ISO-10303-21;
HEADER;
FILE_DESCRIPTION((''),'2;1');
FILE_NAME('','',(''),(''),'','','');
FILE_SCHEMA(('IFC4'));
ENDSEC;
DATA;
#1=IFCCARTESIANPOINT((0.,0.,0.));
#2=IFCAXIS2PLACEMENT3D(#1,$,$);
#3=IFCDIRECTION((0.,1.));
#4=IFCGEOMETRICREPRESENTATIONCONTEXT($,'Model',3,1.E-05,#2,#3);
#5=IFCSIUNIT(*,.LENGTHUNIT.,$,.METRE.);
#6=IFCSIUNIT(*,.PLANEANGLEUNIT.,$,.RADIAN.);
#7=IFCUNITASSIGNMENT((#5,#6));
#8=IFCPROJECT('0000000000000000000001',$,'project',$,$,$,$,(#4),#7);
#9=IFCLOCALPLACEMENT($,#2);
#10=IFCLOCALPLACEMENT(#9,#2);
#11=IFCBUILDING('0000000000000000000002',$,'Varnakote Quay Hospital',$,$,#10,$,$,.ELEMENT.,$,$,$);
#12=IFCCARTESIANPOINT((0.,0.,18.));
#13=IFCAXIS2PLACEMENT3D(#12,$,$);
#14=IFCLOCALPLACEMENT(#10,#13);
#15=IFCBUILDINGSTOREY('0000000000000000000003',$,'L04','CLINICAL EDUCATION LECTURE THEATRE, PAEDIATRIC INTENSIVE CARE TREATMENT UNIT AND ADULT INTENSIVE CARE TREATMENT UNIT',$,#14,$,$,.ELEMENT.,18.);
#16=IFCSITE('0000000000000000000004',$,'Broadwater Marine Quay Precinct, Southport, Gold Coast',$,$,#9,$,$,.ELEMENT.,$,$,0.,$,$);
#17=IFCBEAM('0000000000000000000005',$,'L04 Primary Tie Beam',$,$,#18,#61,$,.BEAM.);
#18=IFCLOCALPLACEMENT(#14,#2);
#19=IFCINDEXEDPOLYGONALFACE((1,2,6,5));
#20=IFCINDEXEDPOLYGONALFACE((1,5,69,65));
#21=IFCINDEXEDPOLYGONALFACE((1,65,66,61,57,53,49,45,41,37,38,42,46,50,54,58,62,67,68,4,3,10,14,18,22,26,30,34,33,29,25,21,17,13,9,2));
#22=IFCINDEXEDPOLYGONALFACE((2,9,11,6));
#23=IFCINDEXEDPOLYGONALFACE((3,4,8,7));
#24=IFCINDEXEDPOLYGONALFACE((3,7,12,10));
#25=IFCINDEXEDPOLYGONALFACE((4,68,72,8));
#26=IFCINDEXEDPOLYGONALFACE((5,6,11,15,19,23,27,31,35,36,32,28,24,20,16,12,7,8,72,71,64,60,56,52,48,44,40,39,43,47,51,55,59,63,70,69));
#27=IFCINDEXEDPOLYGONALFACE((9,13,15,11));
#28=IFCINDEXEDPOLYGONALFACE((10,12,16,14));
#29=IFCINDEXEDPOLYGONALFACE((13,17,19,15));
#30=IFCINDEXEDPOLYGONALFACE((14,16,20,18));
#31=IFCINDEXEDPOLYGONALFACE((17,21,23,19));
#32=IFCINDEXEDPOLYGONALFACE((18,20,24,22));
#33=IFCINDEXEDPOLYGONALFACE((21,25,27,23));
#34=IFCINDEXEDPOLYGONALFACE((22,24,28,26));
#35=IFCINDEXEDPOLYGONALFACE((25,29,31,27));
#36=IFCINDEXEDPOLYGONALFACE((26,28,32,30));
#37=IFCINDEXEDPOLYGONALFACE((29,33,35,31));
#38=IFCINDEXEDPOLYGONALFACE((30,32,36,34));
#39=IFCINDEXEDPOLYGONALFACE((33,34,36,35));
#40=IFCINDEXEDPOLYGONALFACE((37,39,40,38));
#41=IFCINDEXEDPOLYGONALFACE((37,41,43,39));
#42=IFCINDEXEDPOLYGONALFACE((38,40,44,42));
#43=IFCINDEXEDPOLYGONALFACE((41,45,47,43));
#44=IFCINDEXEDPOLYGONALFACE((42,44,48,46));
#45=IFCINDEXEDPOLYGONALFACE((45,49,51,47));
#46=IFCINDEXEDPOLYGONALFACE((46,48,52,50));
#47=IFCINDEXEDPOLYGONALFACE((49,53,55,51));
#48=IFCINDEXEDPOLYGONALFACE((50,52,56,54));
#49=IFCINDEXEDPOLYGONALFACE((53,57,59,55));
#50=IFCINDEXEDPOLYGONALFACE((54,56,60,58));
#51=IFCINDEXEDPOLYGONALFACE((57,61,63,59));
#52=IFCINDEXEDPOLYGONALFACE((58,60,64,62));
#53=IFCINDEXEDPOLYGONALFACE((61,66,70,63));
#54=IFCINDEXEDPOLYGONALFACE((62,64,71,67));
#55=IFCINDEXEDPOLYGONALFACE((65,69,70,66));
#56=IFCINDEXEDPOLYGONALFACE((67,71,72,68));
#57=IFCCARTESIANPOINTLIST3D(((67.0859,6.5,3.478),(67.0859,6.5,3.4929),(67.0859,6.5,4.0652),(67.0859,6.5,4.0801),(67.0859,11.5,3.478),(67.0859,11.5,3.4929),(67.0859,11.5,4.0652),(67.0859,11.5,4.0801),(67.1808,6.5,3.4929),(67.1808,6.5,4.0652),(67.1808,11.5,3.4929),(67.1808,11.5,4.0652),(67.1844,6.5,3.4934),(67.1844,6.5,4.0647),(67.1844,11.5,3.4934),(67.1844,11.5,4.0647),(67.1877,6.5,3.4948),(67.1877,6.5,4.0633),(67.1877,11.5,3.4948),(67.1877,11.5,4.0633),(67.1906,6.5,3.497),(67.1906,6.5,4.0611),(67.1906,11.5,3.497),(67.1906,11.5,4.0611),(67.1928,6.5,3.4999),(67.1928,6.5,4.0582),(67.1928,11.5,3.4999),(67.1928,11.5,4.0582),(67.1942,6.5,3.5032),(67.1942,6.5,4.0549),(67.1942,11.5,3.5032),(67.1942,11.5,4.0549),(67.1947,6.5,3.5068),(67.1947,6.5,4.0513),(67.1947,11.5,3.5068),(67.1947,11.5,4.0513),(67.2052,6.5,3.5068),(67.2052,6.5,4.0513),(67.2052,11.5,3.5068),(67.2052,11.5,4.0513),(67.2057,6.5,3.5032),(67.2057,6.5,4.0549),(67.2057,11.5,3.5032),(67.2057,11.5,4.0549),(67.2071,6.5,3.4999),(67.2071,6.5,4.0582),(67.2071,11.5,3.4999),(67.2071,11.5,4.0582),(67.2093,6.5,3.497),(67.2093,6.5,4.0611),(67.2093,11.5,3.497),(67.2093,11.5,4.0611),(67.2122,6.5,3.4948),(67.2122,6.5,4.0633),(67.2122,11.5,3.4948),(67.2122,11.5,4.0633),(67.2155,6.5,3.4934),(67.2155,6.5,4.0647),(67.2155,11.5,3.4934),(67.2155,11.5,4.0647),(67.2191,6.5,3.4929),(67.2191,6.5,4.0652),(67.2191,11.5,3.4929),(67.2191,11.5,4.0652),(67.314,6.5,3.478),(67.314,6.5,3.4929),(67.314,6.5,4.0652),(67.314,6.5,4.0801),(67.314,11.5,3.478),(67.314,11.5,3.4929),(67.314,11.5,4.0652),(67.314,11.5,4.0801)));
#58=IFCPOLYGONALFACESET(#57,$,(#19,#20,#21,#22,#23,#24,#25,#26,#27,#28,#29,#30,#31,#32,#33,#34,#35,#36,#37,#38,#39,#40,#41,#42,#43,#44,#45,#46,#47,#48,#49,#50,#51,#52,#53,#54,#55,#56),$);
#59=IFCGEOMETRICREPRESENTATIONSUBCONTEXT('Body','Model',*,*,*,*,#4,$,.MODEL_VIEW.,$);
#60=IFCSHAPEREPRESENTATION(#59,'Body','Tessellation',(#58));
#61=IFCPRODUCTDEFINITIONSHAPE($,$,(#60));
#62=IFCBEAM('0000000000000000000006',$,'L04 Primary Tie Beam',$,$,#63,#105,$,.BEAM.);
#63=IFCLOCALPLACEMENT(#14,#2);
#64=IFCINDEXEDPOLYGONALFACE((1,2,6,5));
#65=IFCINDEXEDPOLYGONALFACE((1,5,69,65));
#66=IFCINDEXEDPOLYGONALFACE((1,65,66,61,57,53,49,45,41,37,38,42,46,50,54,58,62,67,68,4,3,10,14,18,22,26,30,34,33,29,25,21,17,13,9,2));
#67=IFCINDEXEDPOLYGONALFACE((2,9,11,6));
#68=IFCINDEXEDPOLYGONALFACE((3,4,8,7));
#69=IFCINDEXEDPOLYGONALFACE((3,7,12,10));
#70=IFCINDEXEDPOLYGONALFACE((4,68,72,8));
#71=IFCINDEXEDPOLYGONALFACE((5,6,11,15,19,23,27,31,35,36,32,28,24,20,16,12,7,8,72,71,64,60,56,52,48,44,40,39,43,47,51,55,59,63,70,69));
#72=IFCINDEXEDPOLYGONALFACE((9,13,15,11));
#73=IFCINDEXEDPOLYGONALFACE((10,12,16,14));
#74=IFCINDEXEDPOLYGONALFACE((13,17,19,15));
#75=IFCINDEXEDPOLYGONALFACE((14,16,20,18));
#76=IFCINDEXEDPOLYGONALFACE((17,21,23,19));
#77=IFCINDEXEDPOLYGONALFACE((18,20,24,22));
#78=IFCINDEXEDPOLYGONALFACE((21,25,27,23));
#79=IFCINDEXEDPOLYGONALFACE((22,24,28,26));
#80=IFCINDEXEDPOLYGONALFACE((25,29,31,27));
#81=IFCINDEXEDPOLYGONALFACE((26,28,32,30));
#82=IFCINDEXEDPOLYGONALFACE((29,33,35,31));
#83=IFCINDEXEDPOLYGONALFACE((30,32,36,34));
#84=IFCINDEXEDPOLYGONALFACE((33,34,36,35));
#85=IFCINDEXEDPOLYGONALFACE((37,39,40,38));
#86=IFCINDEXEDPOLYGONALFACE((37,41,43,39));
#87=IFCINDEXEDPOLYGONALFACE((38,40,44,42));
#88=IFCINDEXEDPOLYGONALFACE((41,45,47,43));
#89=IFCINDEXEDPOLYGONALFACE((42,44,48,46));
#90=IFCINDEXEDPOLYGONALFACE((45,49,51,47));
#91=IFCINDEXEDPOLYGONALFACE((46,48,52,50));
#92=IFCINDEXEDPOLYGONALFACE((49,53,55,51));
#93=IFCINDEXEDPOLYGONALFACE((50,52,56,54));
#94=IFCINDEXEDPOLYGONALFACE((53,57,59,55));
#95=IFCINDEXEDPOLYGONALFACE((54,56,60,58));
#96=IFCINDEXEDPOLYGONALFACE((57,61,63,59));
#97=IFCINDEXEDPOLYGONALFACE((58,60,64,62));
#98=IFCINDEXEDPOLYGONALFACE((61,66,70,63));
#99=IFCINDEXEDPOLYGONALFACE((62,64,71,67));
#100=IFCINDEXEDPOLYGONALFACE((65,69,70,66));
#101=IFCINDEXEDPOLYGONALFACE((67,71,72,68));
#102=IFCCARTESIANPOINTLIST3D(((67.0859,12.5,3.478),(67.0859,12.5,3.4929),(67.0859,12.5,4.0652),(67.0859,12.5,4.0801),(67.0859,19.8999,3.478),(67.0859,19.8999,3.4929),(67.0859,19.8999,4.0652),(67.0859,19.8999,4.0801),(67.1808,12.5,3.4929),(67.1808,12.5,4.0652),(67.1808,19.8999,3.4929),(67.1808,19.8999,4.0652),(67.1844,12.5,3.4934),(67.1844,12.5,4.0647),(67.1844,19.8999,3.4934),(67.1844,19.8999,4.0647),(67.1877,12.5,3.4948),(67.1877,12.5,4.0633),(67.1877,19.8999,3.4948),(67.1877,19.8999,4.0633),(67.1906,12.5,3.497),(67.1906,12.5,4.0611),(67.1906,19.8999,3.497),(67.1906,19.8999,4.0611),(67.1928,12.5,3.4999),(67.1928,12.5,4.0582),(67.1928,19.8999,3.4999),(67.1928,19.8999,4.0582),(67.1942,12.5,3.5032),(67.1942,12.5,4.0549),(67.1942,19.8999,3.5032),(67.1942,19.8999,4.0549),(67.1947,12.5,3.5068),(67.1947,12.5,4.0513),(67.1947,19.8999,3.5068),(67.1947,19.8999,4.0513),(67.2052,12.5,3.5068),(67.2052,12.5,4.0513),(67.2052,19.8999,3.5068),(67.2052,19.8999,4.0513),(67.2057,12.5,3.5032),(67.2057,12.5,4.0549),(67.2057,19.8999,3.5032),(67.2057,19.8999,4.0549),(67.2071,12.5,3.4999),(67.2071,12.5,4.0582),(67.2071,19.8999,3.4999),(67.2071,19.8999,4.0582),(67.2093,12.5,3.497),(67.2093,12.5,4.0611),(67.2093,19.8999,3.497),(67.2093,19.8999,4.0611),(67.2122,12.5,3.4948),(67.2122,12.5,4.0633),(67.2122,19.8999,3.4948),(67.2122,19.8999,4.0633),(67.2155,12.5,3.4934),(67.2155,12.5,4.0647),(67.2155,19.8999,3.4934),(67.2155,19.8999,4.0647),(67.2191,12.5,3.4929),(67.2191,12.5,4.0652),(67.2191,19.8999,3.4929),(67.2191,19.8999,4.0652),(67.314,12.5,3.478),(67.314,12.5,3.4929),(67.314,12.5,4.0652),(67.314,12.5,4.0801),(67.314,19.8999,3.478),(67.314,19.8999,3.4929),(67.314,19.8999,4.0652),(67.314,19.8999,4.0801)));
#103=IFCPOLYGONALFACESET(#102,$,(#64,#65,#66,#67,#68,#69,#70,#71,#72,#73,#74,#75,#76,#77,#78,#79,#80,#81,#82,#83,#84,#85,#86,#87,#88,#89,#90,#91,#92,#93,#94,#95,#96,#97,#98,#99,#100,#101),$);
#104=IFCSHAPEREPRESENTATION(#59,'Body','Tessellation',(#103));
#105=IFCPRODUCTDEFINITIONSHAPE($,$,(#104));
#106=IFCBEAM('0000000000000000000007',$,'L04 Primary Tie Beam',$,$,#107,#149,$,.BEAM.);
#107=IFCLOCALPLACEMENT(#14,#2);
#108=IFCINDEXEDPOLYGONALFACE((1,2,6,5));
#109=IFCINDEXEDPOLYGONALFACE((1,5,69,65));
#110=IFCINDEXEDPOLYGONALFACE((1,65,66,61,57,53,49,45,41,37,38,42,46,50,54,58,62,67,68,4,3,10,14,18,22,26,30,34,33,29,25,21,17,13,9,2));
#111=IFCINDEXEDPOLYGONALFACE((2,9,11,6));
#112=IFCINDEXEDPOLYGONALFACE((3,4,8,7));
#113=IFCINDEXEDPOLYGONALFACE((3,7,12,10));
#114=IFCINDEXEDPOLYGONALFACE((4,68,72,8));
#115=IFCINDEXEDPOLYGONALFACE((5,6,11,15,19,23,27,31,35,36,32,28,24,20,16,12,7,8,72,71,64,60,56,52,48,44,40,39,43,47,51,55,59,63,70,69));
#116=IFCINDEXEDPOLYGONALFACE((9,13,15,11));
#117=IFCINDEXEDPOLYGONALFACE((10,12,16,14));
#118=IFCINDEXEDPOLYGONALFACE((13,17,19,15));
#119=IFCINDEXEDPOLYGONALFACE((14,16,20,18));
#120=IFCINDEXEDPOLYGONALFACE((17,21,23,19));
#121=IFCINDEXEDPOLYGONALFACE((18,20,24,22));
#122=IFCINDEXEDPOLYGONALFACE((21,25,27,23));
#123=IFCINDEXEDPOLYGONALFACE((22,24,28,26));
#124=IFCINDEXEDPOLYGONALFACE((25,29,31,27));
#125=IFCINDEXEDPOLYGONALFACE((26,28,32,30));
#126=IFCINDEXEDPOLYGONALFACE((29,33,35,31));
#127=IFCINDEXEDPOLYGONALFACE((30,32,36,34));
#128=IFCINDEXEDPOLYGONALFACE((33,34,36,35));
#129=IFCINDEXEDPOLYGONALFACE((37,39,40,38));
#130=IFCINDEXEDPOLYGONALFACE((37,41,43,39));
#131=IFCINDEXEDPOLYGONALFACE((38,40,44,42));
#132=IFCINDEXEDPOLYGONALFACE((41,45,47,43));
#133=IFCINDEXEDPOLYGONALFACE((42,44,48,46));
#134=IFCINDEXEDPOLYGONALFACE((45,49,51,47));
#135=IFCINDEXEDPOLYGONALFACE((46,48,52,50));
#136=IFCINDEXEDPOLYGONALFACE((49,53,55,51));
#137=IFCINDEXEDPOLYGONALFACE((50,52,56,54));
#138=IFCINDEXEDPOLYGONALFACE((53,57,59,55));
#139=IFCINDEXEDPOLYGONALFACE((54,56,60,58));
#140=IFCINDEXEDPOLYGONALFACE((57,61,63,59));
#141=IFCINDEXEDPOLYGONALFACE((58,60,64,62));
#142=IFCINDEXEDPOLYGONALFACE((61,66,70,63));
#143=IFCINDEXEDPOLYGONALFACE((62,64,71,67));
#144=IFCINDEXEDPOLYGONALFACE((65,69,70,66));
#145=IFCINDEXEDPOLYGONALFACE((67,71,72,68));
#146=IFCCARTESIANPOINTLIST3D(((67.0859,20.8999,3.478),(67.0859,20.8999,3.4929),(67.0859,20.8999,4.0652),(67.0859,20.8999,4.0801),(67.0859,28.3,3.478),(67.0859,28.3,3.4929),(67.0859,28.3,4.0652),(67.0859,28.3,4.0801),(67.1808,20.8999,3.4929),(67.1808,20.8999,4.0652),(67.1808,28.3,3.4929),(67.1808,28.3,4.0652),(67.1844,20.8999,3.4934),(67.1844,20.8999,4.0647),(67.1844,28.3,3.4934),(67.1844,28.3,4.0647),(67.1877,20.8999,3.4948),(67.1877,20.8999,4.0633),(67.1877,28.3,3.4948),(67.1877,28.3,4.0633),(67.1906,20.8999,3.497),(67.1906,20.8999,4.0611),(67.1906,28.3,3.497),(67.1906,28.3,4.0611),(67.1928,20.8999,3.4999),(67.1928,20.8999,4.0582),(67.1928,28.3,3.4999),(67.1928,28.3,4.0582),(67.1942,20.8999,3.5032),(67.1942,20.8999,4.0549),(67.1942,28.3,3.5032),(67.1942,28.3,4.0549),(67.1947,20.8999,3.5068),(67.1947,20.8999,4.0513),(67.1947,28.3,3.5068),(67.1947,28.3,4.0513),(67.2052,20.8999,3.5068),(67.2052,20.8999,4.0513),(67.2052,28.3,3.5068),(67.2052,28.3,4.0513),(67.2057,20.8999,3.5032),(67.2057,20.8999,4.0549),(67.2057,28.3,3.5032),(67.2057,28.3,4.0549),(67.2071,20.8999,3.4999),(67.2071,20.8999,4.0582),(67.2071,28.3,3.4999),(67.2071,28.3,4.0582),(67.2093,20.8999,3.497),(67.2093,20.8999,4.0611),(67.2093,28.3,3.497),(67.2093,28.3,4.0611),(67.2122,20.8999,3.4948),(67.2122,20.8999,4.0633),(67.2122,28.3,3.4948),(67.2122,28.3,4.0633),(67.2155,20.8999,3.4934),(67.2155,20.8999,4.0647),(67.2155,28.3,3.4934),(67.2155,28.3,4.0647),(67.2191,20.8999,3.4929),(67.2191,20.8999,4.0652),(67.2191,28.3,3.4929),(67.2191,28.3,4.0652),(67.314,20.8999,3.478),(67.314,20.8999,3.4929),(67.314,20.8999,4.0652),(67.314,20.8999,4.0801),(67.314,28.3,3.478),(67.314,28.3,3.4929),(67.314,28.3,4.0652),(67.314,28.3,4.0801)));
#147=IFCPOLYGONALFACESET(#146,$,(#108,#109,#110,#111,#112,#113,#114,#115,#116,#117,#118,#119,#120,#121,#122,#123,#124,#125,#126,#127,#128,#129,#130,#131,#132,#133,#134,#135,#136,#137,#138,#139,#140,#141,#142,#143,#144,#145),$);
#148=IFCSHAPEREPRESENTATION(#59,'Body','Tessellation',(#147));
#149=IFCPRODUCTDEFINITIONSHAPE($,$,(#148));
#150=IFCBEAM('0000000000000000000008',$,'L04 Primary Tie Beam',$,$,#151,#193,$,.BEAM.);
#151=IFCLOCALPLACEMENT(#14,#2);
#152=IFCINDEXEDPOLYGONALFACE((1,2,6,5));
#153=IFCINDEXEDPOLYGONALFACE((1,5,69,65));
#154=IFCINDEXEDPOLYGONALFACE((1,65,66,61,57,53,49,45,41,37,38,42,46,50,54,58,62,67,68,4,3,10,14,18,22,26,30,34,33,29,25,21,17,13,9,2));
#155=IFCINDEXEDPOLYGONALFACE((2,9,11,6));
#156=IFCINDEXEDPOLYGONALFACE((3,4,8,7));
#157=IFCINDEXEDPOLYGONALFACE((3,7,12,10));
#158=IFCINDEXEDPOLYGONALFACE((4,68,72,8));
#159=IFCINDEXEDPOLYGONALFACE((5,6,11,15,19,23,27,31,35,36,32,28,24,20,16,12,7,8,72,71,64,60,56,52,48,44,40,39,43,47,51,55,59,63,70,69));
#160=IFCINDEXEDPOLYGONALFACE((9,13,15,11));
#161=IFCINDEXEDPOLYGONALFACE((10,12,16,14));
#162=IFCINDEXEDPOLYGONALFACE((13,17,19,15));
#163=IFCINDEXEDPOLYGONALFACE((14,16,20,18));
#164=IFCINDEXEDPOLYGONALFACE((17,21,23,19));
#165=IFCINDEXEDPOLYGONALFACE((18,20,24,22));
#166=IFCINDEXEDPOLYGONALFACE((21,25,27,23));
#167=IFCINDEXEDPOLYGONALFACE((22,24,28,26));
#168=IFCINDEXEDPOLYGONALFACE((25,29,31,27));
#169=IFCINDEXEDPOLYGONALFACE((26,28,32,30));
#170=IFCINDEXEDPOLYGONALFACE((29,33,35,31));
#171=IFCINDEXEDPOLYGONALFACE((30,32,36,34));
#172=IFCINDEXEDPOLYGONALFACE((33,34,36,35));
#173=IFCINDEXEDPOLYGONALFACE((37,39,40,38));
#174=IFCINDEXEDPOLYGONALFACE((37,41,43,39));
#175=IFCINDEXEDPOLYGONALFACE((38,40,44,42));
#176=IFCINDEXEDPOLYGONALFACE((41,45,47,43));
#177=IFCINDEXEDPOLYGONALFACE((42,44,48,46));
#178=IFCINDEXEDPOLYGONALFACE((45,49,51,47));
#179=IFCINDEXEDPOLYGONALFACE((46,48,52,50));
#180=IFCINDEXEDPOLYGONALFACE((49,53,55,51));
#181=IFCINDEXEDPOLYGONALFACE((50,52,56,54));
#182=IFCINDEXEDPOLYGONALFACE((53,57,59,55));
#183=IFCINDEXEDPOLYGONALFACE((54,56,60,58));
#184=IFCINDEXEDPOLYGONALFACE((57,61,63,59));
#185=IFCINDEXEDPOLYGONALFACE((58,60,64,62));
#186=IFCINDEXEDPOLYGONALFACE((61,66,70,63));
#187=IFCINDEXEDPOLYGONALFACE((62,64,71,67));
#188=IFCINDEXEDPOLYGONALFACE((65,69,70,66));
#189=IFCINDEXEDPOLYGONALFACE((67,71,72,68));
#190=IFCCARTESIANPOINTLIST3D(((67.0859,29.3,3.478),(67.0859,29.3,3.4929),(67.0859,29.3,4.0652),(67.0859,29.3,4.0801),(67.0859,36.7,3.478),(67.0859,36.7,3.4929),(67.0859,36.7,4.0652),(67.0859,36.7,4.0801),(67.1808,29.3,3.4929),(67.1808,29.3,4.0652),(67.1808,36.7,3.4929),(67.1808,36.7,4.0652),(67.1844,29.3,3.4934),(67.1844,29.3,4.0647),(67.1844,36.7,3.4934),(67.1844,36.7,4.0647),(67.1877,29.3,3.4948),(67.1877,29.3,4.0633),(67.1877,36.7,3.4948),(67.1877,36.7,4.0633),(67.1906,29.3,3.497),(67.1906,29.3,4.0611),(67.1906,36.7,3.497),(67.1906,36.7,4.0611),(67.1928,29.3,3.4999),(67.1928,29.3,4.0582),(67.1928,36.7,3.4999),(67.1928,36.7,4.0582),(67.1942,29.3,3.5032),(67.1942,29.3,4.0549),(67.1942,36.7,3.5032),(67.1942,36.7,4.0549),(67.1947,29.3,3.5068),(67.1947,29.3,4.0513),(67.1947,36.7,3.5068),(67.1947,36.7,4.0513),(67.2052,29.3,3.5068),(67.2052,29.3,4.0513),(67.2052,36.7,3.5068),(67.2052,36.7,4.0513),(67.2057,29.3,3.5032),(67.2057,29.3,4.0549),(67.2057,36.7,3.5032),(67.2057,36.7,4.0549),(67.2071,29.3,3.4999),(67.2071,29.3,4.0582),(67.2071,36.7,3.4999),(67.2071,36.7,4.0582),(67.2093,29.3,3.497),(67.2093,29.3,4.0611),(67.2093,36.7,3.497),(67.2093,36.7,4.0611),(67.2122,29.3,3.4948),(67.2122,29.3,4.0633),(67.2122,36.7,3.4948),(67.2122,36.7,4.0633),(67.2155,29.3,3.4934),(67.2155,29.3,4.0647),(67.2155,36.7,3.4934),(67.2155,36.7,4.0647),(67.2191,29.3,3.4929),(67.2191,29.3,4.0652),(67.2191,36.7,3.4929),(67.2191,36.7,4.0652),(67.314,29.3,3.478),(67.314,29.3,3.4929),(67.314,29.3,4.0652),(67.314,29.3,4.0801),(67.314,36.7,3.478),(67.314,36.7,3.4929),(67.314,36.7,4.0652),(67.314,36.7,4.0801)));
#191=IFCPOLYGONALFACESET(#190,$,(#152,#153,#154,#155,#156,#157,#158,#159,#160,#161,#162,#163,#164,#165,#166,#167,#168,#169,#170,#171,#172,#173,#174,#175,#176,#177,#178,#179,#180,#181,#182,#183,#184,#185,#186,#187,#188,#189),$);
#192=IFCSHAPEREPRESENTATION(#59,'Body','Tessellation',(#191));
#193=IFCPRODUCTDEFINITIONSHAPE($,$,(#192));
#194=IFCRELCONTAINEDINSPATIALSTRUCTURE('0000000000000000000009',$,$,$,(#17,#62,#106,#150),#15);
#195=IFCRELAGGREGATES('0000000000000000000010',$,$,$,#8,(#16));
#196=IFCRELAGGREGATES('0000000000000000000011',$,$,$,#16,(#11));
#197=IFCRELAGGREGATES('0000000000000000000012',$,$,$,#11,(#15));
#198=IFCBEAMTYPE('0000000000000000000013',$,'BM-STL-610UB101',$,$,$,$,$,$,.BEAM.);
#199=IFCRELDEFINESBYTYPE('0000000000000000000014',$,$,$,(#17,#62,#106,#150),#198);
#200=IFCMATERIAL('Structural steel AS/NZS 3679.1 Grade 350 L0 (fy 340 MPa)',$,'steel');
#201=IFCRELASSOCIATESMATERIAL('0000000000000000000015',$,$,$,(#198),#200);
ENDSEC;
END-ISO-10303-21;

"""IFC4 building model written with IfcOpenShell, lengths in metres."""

from ifc_helpers import new_model, si_unit, direction, frame, origin, origin_2d, place, context, subcontext, project, spatial, i_section, extrude, material, material_profile, profile_set, type_object, element, save


model = new_model("IFC4")

# Units and contexts
model_context = context("Model", 3, precision=1e-05, world=origin(), true_north=direction((0.0, 1.0)))
body_context = subcontext(model_context, "Body", "Model", "MODEL_VIEW")
ifc_project = project(units=[si_unit("LENGTHUNIT", "METRE"), si_unit("PLANEANGLEUNIT", "RADIAN")], contexts=[model_context])

# Site, building, storey
site_placement = place(None, origin())
site = spatial("IfcSite", under=ifc_project, at=site_placement, Name="Broadwater Marine Quay Precinct, Southport, Gold Coast", CompositionType="ELEMENT", RefElevation=0.0)
building_placement = place(site_placement, origin())
building = spatial("IfcBuilding", under=site, at=building_placement, Name="Varnakote Quay Hospital", CompositionType="ELEMENT")
storey_placement = place(building_placement, frame((0.0, 0.0, 18.0)))
storey = spatial("IfcBuildingStorey", under=building, at=storey_placement, Name="L04", Description="CLINICAL EDUCATION LECTURE THEATRE, PAEDIATRIC INTENSIVE CARE TREATMENT UNIT AND ADULT INTENSIVE CARE TREATMENT UNIT", CompositionType="ELEMENT", Elevation=18.0)

# Beams
ifc_material_1 = material(Name="Structural steel AS/NZS 3679.1 Grade 350 L0 (fy 340 MPa)", Category="steel")
ifc_material_profile_1 = material_profile(ifc_material_1, i_section(OverallWidth=0.228, OverallDepth=0.6021, WebThickness=0.0105, FlangeThickness=0.0149, FilletRadius=0.0139, at=origin_2d()), Name="610UB101")
ifc_profile_set_1 = profile_set([ifc_material_profile_1], Name="Structural steel AS/NZS 3679.1 Grade 350 L0 (fy 340 MPa)")
beam_type_1 = type_object("IfcBeamType", Name="BM-STL-610UB101", PredefinedType="BEAM", material=ifc_profile_set_1)
beam_1_placement = place(storey_placement, frame((67.2, 6.5, 3.7791), z_axis=(0.0, 1.0, 0.0), x_axis=(-1.0, 0.0, 0.0)))
element("IfcBeam", 1, at=beam_1_placement, inside=storey, type_object=beam_type_1, Name="L04 Primary Tie Beam", PredefinedType="BEAM", context=body_context, shape_type="SweptSolid", body=[
    extrude(i_section(OverallWidth=0.228, OverallDepth=0.6021, WebThickness=0.0105, FlangeThickness=0.0149, FilletRadius=0.0139, at=origin_2d()), origin(), (0.0, 0.0, 1.0), 5.0),
])
beam_2_placement = place(storey_placement, frame((67.2, 12.5, 3.7791), z_axis=(0.0, 1.0, 0.0), x_axis=(-1.0, 0.0, 0.0)))
element("IfcBeam", 2, at=beam_2_placement, inside=storey, type_object=beam_type_1, Name="L04 Primary Tie Beam", PredefinedType="BEAM", context=body_context, shape_type="SweptSolid", body=[
    extrude(i_section(OverallWidth=0.228, OverallDepth=0.6021, WebThickness=0.0105, FlangeThickness=0.0149, FilletRadius=0.0139, at=origin_2d()), origin(), (0.0, 0.0, 1.0), 7.3999),
])
beam_3_placement = place(storey_placement, frame((67.2, 20.8999, 3.7791), z_axis=(0.0, 1.0, 0.0), x_axis=(-1.0, 0.0, 0.0)))
element("IfcBeam", 3, at=beam_3_placement, inside=storey, type_object=beam_type_1, Name="L04 Primary Tie Beam", PredefinedType="BEAM", context=body_context, shape_type="SweptSolid", body=[
    extrude(i_section(OverallWidth=0.228, OverallDepth=0.6021, WebThickness=0.0105, FlangeThickness=0.0149, FilletRadius=0.0139, at=origin_2d()), origin(), (0.0, 0.0, 1.0), 7.4001),
])
beam_4_placement = place(storey_placement, frame((67.2, 29.3, 3.7791), z_axis=(0.0, 1.0, 0.0), x_axis=(-1.0, 0.0, 0.0)))
element("IfcBeam", 4, at=beam_4_placement, inside=storey, type_object=beam_type_1, Name="L04 Primary Tie Beam", PredefinedType="BEAM", context=body_context, shape_type="SweptSolid", body=[
    extrude(i_section(OverallWidth=0.228, OverallDepth=0.6021, WebThickness=0.0105, FlangeThickness=0.0149, FilletRadius=0.0139, at=origin_2d()), origin(), (0.0, 0.0, 1.0), 7.3999),
])

save(model, "model.ifc")
